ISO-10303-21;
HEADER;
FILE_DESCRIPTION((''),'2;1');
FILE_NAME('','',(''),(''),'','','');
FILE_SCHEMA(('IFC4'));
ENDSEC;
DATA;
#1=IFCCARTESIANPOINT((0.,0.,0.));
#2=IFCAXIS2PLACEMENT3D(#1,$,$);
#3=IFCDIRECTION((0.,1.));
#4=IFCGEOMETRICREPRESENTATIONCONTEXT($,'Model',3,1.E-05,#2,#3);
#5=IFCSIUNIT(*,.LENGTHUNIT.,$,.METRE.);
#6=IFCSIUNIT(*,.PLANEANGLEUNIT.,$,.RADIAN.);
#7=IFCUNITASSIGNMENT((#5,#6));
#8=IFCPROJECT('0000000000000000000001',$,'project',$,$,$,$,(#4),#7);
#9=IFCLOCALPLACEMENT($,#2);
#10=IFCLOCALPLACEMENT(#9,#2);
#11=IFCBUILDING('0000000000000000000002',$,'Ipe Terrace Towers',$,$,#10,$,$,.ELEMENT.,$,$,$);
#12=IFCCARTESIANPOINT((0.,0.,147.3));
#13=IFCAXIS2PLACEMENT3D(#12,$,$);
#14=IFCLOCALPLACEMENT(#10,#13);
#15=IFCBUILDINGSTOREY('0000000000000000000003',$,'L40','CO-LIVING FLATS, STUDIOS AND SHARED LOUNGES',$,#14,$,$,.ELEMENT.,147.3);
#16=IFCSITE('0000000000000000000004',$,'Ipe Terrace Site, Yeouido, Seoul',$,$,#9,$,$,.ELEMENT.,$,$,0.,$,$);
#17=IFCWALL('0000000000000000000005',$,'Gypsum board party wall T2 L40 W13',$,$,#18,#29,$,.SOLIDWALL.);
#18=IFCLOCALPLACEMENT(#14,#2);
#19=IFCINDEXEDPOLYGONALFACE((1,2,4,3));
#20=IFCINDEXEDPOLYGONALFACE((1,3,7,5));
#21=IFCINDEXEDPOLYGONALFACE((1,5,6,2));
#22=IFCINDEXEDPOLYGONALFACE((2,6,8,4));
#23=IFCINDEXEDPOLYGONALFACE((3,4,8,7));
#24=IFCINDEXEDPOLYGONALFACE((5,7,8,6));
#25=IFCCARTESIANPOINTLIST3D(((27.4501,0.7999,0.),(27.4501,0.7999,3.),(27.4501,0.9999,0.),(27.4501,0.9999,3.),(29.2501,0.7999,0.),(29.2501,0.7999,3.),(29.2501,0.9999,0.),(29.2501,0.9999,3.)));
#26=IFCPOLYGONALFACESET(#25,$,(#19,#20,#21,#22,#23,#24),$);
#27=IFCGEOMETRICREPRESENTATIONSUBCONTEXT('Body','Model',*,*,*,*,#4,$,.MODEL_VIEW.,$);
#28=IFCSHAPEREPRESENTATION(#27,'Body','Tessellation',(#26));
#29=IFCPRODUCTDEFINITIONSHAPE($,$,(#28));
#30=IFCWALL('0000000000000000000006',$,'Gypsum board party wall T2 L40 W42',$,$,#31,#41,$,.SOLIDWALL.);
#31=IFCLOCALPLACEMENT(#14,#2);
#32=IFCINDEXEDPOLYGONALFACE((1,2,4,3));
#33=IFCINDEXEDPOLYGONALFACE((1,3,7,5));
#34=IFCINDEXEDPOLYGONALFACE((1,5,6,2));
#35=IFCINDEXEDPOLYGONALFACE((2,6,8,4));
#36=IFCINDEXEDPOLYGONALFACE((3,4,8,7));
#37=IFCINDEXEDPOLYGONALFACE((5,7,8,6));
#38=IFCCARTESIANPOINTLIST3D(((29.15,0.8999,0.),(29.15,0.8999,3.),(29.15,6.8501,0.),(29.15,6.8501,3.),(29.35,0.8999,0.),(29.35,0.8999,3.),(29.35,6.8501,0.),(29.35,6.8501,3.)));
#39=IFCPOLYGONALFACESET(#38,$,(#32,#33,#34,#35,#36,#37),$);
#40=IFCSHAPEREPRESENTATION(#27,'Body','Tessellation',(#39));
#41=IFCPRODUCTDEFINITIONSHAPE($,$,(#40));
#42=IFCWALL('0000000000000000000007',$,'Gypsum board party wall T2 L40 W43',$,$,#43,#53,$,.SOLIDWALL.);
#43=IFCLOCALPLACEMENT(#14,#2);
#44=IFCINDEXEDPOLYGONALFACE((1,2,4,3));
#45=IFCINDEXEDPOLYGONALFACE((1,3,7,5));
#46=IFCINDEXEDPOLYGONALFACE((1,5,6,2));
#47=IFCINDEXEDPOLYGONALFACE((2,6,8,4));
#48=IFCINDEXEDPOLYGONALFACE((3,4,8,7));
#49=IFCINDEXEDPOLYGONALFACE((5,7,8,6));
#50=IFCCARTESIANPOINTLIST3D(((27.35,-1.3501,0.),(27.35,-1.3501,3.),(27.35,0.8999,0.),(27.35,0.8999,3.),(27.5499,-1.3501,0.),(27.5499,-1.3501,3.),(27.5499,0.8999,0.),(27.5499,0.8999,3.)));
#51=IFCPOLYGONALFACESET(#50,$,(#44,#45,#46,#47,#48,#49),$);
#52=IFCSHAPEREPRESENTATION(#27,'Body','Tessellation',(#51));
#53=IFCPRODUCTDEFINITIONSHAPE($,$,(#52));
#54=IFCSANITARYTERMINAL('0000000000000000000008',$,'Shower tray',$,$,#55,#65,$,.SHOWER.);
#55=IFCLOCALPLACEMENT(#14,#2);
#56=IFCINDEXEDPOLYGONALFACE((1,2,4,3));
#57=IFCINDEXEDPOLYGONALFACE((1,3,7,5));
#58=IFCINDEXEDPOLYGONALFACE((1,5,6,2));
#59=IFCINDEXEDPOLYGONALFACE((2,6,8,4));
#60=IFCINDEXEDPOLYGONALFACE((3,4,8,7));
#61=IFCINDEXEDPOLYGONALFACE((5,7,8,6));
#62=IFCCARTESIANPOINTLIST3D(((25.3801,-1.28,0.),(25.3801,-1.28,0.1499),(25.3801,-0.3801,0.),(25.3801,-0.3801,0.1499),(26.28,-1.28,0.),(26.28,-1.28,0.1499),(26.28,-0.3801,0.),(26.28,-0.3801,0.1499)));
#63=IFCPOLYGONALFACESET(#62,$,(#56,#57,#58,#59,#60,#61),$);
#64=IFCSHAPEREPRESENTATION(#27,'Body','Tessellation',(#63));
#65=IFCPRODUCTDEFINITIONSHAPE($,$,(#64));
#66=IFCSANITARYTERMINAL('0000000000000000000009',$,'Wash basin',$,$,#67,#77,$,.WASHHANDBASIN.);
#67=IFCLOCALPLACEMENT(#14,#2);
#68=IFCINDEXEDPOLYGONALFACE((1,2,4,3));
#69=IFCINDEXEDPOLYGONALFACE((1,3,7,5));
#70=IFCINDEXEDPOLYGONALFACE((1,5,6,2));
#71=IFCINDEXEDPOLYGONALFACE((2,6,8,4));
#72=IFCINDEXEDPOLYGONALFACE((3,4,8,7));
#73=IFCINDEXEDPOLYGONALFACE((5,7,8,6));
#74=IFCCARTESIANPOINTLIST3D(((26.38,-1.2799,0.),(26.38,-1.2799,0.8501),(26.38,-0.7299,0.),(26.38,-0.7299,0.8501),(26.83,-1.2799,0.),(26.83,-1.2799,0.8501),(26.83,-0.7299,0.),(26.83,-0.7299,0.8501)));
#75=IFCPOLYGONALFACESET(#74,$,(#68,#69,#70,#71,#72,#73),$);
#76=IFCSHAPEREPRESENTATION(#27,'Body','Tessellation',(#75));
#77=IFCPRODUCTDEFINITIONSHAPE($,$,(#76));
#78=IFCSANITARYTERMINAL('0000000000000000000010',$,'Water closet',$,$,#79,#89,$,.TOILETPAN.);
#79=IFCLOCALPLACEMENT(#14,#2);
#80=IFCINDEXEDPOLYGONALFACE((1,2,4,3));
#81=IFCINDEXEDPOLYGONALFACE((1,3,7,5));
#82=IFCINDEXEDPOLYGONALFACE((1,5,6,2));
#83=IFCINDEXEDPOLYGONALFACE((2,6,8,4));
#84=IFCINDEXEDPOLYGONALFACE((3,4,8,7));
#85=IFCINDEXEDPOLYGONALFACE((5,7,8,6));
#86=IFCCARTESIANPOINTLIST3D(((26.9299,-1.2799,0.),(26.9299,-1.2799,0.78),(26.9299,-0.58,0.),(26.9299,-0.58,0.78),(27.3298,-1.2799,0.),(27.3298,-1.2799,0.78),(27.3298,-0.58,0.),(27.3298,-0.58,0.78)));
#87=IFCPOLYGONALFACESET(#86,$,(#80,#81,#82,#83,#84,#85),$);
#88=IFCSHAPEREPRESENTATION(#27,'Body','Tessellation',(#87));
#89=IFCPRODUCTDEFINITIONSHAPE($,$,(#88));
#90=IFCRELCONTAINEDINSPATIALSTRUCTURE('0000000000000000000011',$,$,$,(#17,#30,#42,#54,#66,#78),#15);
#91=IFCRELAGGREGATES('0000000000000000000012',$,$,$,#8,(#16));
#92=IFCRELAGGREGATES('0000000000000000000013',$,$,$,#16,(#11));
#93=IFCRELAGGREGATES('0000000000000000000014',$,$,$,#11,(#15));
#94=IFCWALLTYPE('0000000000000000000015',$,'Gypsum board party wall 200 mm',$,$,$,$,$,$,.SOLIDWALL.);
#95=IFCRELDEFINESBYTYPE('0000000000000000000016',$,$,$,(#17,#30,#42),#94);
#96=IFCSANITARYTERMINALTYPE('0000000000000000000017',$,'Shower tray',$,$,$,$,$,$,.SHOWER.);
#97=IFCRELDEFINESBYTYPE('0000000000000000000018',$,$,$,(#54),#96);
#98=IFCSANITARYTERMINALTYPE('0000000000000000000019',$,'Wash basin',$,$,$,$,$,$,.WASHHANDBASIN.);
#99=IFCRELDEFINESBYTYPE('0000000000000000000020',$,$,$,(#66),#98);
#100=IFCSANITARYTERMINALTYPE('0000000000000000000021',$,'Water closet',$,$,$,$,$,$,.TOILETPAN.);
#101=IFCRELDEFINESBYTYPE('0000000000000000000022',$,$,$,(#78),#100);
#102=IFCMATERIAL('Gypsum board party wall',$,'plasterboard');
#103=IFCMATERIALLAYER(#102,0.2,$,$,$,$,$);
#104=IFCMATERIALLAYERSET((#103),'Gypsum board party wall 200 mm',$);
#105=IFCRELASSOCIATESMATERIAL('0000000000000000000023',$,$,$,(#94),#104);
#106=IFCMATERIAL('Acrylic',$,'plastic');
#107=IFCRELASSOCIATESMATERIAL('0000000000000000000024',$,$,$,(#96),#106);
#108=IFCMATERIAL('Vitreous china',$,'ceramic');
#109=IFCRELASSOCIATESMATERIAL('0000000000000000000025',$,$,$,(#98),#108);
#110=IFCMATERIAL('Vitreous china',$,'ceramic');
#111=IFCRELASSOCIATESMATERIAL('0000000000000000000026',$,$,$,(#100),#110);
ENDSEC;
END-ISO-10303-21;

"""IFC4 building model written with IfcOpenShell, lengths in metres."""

from ifc_helpers import new_model, si_unit, direction, frame, frame_2d, origin, origin_2d, place, context, subcontext, project, spatial, rectangle, extrude, material, layer, layer_set, type_object, element, save


model = new_model("IFC4")

# Units and contexts
model_context = context("Model", 3, precision=1e-05, world=origin(), true_north=direction((0.0, 1.0)))
body_context = subcontext(model_context, "Body", "Model", "MODEL_VIEW")
ifc_project = project(units=[si_unit("LENGTHUNIT", "METRE"), si_unit("PLANEANGLEUNIT", "RADIAN")], contexts=[model_context])

# Site, building, storey
site_placement = place(None, origin())
site = spatial("IfcSite", under=ifc_project, at=site_placement, Name="Ipe Terrace Site, Yeouido, Seoul", CompositionType="ELEMENT", RefElevation=0.0)
building_placement = place(site_placement, origin())
building = spatial("IfcBuilding", under=site, at=building_placement, Name="Ipe Terrace Towers", CompositionType="ELEMENT")
storey_placement = place(building_placement, frame((0.0, 0.0, 147.3)))
storey = spatial("IfcBuildingStorey", under=building, at=storey_placement, Name="L40", Description="CO-LIVING FLATS, STUDIOS AND SHARED LOUNGES", CompositionType="ELEMENT", Elevation=147.3)

# Shared definitions
ifc_material_1 = material(Name="Gypsum board party wall", Category="plasterboard")
ifc_layer_1 = layer(ifc_material_1, 0.2)
ifc_layer_set_1 = layer_set([ifc_layer_1], Name="Gypsum board party wall 200 mm")
wall_type_1 = type_object("IfcWallType", Name="Gypsum board party wall 200 mm", PredefinedType="SOLIDWALL", material=ifc_layer_set_1)

# Walls
wall_1_placement = place(storey_placement, frame((29.25, 0.8999, 0.0), z_axis=(0.0, 0.0, 1.0), x_axis=(-1.0, 0.0, 0.0)))
element("IfcWall", 1, at=wall_1_placement, inside=storey, type_object=wall_type_1, Name="Gypsum board party wall T2 L40 W13", PredefinedType="SOLIDWALL", context=body_context, shape_type="SweptSolid", body=[
    extrude(rectangle(XDim=1.8, YDim=0.2, at=frame_2d((0.8999, 0.0))), origin(), (0.0, 0.0, 1.0), 3.0),
])
wall_2_placement = place(storey_placement, frame((29.25, 0.8999, 0.0), z_axis=(0.0, 0.0, 1.0), x_axis=(0.0, 1.0, 0.0)))
element("IfcWall", 2, at=wall_2_placement, inside=storey, type_object=wall_type_1, Name="Gypsum board party wall T2 L40 W42", PredefinedType="SOLIDWALL", context=body_context, shape_type="SweptSolid", body=[
    extrude(rectangle(XDim=5.9502, YDim=0.2, at=frame_2d((2.9751, 0.0))), origin(), (0.0, 0.0, 1.0), 3.0),
])
wall_3_placement = place(storey_placement, frame((27.45, -1.3501, 0.0), z_axis=(0.0, 0.0, 1.0), x_axis=(0.0, 1.0, 0.0)))
element("IfcWall", 3, at=wall_3_placement, inside=storey, type_object=wall_type_1, Name="Gypsum board party wall T2 L40 W43", PredefinedType="SOLIDWALL", context=body_context, shape_type="SweptSolid", body=[
    extrude(rectangle(XDim=2.25, YDim=0.2, at=frame_2d((1.125, 0.0))), origin(), (0.0, 0.0, 1.0), 3.0),
])

# Sanitary terminals
ifc_material_2 = material(Name="Acrylic", Category="plastic")
sanitary_terminal_type_1 = type_object("IfcSanitaryTerminalType", Name="Shower tray", PredefinedType="SHOWER", material=ifc_material_2)
sanitary_terminal_1_placement = place(storey_placement, frame((25.8301, -0.8301, 0.0), z_axis=(0.0, 0.0, 1.0), x_axis=(0.0, 1.0, 0.0)))
element("IfcSanitaryTerminal", 4, at=sanitary_terminal_1_placement, inside=storey, type_object=sanitary_terminal_type_1, Name="Shower tray", PredefinedType="SHOWER", context=body_context, shape_type="SweptSolid", body=[
    extrude(rectangle(XDim=0.8999, YDim=0.8999, at=origin_2d()), origin(), (0.0, 0.0, 1.0), 0.1499),
])
ifc_material_3 = material(Name="Vitreous china", Category="ceramic")
sanitary_terminal_type_2 = type_object("IfcSanitaryTerminalType", Name="Wash basin", PredefinedType="WASHHANDBASIN", material=ifc_material_3)
sanitary_terminal_2_placement = place(storey_placement, frame((26.605, -1.0049, 0.0), z_axis=(0.0, 0.0, 1.0), x_axis=(0.0, 1.0, 0.0)))
element("IfcSanitaryTerminal", 5, at=sanitary_terminal_2_placement, inside=storey, type_object=sanitary_terminal_type_2, Name="Wash basin", PredefinedType="WASHHANDBASIN", context=body_context, shape_type="SweptSolid", body=[
    extrude(rectangle(XDim=0.55, YDim=0.45, at=origin_2d()), origin(), (0.0, 0.0, 1.0), 0.8501),
])
ifc_material_4 = material(Name="Vitreous china", Category="ceramic")
sanitary_terminal_type_3 = type_object("IfcSanitaryTerminalType", Name="Water closet", PredefinedType="TOILETPAN", material=ifc_material_4)
sanitary_terminal_3_placement = place(storey_placement, frame((27.1299, -0.9299, 0.0), z_axis=(0.0, 0.0, 1.0), x_axis=(0.0, 1.0, 0.0)))
element("IfcSanitaryTerminal", 6, at=sanitary_terminal_3_placement, inside=storey, type_object=sanitary_terminal_type_3, Name="Water closet", PredefinedType="TOILETPAN", context=body_context, shape_type="SweptSolid", body=[
    extrude(rectangle(XDim=0.7, YDim=0.3999, at=origin_2d()), origin(), (0.0, 0.0, 1.0), 0.78),
])

save(model, "model.ifc")
